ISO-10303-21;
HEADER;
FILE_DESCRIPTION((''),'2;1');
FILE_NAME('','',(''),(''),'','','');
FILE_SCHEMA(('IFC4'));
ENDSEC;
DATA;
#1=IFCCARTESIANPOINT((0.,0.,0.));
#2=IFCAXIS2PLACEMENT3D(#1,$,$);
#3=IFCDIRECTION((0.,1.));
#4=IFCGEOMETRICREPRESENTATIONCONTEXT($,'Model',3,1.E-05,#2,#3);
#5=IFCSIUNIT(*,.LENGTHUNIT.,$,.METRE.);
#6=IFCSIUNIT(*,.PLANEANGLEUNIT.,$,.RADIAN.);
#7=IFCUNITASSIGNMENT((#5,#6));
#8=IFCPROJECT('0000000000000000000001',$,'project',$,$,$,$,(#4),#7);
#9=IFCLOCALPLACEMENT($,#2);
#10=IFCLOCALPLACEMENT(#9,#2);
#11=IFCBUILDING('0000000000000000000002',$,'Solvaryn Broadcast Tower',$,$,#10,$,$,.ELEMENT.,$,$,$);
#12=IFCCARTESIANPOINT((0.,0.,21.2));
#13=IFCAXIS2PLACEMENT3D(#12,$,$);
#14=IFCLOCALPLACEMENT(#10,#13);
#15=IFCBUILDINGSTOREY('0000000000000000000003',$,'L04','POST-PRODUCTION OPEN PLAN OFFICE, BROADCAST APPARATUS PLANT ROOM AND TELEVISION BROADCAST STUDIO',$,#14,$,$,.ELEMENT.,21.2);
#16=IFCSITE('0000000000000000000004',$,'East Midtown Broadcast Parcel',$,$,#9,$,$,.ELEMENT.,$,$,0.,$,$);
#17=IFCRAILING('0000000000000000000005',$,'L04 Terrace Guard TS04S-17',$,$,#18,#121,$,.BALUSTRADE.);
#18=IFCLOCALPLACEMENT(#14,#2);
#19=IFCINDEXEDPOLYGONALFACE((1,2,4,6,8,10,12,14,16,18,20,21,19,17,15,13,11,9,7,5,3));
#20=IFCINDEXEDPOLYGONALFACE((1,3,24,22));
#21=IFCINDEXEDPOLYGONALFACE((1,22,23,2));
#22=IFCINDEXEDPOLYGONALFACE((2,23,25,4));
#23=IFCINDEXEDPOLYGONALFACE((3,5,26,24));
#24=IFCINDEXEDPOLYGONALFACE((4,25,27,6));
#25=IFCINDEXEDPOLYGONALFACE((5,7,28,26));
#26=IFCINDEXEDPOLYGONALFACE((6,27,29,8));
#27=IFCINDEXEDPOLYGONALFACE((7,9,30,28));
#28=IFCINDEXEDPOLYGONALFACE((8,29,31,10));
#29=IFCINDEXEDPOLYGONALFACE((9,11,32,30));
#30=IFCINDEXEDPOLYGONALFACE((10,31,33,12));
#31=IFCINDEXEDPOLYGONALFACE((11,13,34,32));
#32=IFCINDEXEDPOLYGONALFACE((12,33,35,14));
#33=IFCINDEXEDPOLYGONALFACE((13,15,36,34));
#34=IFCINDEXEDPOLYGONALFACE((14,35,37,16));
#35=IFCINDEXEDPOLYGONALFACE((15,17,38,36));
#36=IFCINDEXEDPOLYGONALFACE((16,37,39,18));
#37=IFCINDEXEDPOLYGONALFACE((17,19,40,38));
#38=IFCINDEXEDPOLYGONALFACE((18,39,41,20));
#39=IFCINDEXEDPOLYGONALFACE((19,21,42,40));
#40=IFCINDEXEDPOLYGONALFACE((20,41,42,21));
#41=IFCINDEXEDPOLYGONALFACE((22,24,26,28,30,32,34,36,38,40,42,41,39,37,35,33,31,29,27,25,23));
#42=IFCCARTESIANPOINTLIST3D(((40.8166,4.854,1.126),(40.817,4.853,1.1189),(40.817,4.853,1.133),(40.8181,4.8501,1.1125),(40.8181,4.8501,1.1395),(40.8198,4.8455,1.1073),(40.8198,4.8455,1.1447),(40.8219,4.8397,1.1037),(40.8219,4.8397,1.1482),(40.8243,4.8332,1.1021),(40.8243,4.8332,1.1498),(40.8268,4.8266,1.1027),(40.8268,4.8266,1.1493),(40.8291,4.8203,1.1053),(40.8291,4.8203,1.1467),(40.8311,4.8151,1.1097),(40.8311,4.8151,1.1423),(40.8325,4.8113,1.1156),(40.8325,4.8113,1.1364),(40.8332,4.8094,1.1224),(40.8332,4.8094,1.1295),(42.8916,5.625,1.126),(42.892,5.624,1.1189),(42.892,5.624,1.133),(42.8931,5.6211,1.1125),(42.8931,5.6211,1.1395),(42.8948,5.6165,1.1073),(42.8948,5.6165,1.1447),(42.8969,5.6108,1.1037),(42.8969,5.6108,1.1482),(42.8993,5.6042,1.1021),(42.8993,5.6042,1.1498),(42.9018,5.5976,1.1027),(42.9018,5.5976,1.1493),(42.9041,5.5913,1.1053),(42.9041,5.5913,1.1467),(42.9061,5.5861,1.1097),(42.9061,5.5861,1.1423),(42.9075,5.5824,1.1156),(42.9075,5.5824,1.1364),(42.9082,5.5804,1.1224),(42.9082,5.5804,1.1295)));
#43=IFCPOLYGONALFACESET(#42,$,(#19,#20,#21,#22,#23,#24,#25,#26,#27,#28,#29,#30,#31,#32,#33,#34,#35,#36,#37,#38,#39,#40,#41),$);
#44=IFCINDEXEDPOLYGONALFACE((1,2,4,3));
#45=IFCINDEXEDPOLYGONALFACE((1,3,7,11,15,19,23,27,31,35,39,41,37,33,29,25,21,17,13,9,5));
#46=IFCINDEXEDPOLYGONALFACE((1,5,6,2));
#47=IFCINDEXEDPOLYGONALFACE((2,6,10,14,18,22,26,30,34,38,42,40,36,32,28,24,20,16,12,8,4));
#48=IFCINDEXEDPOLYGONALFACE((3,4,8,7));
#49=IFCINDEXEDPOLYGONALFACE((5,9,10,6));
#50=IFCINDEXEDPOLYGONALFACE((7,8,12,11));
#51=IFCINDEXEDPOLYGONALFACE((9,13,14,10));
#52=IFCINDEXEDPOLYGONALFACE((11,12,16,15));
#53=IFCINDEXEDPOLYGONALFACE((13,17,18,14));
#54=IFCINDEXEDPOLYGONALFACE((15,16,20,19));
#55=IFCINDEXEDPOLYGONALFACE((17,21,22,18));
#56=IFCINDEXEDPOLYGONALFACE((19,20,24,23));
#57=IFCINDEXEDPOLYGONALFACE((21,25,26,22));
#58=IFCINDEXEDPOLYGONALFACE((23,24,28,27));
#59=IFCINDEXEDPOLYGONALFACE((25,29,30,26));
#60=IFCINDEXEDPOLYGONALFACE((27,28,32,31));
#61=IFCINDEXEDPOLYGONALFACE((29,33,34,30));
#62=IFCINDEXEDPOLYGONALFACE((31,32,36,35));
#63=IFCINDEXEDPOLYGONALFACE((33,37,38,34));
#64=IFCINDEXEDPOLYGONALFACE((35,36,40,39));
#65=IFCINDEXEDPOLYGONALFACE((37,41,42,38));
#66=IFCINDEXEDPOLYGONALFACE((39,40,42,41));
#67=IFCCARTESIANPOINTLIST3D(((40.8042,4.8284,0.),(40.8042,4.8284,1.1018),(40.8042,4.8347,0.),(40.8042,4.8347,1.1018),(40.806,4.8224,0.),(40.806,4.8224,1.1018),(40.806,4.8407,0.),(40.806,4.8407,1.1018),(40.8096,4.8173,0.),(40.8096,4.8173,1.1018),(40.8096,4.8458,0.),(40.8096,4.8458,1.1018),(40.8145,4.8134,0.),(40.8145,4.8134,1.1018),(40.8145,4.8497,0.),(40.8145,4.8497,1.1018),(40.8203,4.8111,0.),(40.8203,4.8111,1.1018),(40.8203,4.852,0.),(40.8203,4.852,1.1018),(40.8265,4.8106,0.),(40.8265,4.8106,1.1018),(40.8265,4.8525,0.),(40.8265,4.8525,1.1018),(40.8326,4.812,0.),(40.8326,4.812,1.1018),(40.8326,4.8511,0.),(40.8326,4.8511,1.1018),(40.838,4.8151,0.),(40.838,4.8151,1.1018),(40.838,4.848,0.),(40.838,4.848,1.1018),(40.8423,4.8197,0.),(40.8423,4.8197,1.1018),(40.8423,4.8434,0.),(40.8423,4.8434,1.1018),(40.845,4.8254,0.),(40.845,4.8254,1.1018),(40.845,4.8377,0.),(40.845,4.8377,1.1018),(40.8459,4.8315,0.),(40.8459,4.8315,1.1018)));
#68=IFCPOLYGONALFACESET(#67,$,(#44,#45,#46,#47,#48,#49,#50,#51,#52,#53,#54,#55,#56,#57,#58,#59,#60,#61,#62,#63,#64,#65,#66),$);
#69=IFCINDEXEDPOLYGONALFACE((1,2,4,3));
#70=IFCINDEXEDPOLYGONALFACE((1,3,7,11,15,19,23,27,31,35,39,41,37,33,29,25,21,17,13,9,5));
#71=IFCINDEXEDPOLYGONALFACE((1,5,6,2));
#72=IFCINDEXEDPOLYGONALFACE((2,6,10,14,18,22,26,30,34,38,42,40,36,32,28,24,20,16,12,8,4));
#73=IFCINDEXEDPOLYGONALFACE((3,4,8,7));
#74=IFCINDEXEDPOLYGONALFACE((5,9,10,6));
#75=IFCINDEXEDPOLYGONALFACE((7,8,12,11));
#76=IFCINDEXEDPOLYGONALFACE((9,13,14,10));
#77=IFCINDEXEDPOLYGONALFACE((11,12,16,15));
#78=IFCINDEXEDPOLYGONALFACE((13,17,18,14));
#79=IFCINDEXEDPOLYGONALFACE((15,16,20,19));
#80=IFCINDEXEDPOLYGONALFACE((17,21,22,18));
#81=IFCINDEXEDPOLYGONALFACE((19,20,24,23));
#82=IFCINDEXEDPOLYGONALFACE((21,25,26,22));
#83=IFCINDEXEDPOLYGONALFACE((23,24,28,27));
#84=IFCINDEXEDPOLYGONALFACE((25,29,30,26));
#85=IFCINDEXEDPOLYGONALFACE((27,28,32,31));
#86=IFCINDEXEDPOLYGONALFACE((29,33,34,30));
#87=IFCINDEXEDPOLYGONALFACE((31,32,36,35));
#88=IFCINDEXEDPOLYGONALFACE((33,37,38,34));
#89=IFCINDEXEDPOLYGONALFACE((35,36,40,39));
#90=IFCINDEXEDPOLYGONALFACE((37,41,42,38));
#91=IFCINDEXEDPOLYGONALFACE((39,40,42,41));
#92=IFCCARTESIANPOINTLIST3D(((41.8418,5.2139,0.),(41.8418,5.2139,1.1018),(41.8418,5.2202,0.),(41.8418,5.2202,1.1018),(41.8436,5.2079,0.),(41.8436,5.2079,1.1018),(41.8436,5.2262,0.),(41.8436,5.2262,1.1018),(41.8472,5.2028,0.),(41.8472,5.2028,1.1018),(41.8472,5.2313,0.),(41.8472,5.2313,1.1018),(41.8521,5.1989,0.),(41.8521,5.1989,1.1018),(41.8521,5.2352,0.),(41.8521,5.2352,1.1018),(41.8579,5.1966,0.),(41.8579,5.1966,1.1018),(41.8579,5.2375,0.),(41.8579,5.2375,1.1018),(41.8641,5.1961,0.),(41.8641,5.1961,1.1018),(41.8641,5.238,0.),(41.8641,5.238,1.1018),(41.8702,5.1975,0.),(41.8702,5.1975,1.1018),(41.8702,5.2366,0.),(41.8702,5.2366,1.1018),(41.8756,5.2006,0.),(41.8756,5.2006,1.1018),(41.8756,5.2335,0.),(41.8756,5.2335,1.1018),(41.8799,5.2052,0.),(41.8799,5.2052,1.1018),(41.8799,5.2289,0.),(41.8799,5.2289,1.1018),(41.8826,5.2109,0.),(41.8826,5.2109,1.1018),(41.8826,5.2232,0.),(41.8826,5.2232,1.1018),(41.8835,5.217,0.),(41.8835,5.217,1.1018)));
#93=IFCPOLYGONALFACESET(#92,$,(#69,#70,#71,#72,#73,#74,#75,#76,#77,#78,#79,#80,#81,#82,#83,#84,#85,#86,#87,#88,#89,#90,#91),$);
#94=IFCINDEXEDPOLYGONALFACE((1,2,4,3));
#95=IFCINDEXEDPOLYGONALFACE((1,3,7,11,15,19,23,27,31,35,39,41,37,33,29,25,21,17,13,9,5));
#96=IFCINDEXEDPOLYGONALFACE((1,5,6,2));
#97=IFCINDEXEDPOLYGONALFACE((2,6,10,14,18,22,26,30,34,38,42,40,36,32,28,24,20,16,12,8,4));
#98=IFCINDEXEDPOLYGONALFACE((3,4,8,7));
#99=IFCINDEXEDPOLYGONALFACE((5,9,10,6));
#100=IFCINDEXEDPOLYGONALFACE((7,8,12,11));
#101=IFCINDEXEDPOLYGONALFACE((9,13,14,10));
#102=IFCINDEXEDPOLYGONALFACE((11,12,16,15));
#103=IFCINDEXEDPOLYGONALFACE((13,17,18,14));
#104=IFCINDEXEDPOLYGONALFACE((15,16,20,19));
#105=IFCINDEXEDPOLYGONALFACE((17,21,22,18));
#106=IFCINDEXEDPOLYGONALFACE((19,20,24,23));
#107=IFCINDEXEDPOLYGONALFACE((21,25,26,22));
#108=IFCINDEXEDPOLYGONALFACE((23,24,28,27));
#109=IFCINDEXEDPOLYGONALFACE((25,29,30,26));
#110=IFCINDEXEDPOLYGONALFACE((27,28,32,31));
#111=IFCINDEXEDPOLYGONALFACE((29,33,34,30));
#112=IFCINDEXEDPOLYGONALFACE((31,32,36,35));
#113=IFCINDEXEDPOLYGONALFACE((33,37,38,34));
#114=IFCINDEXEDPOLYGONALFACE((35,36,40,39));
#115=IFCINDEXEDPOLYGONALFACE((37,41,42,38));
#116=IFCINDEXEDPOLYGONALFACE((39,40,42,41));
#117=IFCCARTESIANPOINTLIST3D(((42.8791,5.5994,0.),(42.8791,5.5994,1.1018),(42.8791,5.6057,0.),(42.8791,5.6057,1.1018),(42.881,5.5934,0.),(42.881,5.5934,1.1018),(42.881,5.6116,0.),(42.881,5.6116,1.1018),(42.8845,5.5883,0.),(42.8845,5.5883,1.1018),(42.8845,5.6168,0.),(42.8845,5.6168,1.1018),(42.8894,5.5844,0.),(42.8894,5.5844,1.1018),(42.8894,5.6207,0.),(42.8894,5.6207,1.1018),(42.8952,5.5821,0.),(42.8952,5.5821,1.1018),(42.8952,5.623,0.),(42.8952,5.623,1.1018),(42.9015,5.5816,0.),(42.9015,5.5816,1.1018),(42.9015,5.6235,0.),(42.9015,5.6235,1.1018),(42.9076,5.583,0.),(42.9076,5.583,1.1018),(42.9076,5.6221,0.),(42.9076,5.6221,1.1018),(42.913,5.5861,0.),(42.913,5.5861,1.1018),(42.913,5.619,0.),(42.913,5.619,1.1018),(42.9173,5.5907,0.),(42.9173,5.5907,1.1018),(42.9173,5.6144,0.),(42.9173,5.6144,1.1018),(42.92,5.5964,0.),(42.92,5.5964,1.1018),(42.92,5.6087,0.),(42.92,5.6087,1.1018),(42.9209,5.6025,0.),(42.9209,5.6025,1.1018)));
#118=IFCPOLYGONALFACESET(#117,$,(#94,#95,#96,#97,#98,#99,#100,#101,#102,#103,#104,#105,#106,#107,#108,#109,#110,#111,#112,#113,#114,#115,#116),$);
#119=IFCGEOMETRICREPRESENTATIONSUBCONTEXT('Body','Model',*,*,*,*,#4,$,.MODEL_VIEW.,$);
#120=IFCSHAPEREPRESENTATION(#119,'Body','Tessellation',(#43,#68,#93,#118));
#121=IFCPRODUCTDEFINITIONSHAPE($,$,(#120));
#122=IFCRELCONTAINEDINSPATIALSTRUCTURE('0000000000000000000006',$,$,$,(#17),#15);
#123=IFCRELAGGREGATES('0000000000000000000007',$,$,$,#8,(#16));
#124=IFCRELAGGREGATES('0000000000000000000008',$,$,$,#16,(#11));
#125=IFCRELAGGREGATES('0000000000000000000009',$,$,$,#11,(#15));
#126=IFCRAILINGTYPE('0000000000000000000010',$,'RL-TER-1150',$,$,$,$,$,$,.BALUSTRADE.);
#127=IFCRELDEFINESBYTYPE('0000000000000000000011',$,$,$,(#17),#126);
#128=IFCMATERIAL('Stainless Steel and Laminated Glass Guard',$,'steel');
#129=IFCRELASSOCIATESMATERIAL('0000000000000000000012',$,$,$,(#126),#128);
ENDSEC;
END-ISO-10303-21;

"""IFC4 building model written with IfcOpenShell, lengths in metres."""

from ifc_helpers import new_model, si_unit, direction, frame, origin, origin_2d, place, context, subcontext, project, spatial, circle, extrude, material, type_object, element, save


model = new_model("IFC4")

# Units and contexts
model_context = context("Model", 3, precision=1e-05, world=origin(), true_north=direction((0.0, 1.0)))
body_context = subcontext(model_context, "Body", "Model", "MODEL_VIEW")
ifc_project = project(units=[si_unit("LENGTHUNIT", "METRE"), si_unit("PLANEANGLEUNIT", "RADIAN")], contexts=[model_context])

# Site, building, storey
site_placement = place(None, origin())
site = spatial("IfcSite", under=ifc_project, at=site_placement, Name="East Midtown Broadcast Parcel", CompositionType="ELEMENT", RefElevation=0.0)
building_placement = place(site_placement, origin())
building = spatial("IfcBuilding", under=site, at=building_placement, Name="Solvaryn Broadcast Tower", CompositionType="ELEMENT")
storey_placement = place(building_placement, frame((0.0, 0.0, 21.2)))
storey = spatial("IfcBuildingStorey", under=building, at=storey_placement, Name="L04", Description="POST-PRODUCTION OPEN PLAN OFFICE, BROADCAST APPARATUS PLANT ROOM AND TELEVISION BROADCAST STUDIO", CompositionType="ELEMENT", Elevation=21.2)

# Railing
ifc_material_1 = material(Name="Stainless Steel and Laminated Glass Guard", Category="steel")
railing_type = type_object("IfcRailingType", Name="RL-TER-1150", PredefinedType="BALUSTRADE", material=ifc_material_1)
railing_1_placement = place(storey_placement, frame((40.825, 4.8315, 0.0)))
element("IfcRailing", 1, at=railing_1_placement, inside=storey, type_object=railing_type, Name="L04 Terrace Guard TS04S-17", PredefinedType="BALUSTRADE", context=body_context, shape_type="SweptSolid", body=[
    extrude(circle(Radius=0.0239, at=origin_2d()), frame((0.0, 0.0, 1.126), z_axis=(0.937381, 0.348306, 0.0), x_axis=(-0.348306, 0.937381, 0.0)), (0.0, 0.0, 1.0), 2.2136),
    extrude(circle(Radius=0.021, at=origin_2d()), origin(), (0.0, 0.0, 1.0), 1.1018),
    extrude(circle(Radius=0.021, at=origin_2d()), frame((1.0376, 0.3855, 0.0)), (0.0, 0.0, 1.0), 1.1018),
    extrude(circle(Radius=0.021, at=origin_2d()), frame((2.075, 0.771, 0.0)), (0.0, 0.0, 1.0), 1.1018),
])

save(model, "model.ifc")
